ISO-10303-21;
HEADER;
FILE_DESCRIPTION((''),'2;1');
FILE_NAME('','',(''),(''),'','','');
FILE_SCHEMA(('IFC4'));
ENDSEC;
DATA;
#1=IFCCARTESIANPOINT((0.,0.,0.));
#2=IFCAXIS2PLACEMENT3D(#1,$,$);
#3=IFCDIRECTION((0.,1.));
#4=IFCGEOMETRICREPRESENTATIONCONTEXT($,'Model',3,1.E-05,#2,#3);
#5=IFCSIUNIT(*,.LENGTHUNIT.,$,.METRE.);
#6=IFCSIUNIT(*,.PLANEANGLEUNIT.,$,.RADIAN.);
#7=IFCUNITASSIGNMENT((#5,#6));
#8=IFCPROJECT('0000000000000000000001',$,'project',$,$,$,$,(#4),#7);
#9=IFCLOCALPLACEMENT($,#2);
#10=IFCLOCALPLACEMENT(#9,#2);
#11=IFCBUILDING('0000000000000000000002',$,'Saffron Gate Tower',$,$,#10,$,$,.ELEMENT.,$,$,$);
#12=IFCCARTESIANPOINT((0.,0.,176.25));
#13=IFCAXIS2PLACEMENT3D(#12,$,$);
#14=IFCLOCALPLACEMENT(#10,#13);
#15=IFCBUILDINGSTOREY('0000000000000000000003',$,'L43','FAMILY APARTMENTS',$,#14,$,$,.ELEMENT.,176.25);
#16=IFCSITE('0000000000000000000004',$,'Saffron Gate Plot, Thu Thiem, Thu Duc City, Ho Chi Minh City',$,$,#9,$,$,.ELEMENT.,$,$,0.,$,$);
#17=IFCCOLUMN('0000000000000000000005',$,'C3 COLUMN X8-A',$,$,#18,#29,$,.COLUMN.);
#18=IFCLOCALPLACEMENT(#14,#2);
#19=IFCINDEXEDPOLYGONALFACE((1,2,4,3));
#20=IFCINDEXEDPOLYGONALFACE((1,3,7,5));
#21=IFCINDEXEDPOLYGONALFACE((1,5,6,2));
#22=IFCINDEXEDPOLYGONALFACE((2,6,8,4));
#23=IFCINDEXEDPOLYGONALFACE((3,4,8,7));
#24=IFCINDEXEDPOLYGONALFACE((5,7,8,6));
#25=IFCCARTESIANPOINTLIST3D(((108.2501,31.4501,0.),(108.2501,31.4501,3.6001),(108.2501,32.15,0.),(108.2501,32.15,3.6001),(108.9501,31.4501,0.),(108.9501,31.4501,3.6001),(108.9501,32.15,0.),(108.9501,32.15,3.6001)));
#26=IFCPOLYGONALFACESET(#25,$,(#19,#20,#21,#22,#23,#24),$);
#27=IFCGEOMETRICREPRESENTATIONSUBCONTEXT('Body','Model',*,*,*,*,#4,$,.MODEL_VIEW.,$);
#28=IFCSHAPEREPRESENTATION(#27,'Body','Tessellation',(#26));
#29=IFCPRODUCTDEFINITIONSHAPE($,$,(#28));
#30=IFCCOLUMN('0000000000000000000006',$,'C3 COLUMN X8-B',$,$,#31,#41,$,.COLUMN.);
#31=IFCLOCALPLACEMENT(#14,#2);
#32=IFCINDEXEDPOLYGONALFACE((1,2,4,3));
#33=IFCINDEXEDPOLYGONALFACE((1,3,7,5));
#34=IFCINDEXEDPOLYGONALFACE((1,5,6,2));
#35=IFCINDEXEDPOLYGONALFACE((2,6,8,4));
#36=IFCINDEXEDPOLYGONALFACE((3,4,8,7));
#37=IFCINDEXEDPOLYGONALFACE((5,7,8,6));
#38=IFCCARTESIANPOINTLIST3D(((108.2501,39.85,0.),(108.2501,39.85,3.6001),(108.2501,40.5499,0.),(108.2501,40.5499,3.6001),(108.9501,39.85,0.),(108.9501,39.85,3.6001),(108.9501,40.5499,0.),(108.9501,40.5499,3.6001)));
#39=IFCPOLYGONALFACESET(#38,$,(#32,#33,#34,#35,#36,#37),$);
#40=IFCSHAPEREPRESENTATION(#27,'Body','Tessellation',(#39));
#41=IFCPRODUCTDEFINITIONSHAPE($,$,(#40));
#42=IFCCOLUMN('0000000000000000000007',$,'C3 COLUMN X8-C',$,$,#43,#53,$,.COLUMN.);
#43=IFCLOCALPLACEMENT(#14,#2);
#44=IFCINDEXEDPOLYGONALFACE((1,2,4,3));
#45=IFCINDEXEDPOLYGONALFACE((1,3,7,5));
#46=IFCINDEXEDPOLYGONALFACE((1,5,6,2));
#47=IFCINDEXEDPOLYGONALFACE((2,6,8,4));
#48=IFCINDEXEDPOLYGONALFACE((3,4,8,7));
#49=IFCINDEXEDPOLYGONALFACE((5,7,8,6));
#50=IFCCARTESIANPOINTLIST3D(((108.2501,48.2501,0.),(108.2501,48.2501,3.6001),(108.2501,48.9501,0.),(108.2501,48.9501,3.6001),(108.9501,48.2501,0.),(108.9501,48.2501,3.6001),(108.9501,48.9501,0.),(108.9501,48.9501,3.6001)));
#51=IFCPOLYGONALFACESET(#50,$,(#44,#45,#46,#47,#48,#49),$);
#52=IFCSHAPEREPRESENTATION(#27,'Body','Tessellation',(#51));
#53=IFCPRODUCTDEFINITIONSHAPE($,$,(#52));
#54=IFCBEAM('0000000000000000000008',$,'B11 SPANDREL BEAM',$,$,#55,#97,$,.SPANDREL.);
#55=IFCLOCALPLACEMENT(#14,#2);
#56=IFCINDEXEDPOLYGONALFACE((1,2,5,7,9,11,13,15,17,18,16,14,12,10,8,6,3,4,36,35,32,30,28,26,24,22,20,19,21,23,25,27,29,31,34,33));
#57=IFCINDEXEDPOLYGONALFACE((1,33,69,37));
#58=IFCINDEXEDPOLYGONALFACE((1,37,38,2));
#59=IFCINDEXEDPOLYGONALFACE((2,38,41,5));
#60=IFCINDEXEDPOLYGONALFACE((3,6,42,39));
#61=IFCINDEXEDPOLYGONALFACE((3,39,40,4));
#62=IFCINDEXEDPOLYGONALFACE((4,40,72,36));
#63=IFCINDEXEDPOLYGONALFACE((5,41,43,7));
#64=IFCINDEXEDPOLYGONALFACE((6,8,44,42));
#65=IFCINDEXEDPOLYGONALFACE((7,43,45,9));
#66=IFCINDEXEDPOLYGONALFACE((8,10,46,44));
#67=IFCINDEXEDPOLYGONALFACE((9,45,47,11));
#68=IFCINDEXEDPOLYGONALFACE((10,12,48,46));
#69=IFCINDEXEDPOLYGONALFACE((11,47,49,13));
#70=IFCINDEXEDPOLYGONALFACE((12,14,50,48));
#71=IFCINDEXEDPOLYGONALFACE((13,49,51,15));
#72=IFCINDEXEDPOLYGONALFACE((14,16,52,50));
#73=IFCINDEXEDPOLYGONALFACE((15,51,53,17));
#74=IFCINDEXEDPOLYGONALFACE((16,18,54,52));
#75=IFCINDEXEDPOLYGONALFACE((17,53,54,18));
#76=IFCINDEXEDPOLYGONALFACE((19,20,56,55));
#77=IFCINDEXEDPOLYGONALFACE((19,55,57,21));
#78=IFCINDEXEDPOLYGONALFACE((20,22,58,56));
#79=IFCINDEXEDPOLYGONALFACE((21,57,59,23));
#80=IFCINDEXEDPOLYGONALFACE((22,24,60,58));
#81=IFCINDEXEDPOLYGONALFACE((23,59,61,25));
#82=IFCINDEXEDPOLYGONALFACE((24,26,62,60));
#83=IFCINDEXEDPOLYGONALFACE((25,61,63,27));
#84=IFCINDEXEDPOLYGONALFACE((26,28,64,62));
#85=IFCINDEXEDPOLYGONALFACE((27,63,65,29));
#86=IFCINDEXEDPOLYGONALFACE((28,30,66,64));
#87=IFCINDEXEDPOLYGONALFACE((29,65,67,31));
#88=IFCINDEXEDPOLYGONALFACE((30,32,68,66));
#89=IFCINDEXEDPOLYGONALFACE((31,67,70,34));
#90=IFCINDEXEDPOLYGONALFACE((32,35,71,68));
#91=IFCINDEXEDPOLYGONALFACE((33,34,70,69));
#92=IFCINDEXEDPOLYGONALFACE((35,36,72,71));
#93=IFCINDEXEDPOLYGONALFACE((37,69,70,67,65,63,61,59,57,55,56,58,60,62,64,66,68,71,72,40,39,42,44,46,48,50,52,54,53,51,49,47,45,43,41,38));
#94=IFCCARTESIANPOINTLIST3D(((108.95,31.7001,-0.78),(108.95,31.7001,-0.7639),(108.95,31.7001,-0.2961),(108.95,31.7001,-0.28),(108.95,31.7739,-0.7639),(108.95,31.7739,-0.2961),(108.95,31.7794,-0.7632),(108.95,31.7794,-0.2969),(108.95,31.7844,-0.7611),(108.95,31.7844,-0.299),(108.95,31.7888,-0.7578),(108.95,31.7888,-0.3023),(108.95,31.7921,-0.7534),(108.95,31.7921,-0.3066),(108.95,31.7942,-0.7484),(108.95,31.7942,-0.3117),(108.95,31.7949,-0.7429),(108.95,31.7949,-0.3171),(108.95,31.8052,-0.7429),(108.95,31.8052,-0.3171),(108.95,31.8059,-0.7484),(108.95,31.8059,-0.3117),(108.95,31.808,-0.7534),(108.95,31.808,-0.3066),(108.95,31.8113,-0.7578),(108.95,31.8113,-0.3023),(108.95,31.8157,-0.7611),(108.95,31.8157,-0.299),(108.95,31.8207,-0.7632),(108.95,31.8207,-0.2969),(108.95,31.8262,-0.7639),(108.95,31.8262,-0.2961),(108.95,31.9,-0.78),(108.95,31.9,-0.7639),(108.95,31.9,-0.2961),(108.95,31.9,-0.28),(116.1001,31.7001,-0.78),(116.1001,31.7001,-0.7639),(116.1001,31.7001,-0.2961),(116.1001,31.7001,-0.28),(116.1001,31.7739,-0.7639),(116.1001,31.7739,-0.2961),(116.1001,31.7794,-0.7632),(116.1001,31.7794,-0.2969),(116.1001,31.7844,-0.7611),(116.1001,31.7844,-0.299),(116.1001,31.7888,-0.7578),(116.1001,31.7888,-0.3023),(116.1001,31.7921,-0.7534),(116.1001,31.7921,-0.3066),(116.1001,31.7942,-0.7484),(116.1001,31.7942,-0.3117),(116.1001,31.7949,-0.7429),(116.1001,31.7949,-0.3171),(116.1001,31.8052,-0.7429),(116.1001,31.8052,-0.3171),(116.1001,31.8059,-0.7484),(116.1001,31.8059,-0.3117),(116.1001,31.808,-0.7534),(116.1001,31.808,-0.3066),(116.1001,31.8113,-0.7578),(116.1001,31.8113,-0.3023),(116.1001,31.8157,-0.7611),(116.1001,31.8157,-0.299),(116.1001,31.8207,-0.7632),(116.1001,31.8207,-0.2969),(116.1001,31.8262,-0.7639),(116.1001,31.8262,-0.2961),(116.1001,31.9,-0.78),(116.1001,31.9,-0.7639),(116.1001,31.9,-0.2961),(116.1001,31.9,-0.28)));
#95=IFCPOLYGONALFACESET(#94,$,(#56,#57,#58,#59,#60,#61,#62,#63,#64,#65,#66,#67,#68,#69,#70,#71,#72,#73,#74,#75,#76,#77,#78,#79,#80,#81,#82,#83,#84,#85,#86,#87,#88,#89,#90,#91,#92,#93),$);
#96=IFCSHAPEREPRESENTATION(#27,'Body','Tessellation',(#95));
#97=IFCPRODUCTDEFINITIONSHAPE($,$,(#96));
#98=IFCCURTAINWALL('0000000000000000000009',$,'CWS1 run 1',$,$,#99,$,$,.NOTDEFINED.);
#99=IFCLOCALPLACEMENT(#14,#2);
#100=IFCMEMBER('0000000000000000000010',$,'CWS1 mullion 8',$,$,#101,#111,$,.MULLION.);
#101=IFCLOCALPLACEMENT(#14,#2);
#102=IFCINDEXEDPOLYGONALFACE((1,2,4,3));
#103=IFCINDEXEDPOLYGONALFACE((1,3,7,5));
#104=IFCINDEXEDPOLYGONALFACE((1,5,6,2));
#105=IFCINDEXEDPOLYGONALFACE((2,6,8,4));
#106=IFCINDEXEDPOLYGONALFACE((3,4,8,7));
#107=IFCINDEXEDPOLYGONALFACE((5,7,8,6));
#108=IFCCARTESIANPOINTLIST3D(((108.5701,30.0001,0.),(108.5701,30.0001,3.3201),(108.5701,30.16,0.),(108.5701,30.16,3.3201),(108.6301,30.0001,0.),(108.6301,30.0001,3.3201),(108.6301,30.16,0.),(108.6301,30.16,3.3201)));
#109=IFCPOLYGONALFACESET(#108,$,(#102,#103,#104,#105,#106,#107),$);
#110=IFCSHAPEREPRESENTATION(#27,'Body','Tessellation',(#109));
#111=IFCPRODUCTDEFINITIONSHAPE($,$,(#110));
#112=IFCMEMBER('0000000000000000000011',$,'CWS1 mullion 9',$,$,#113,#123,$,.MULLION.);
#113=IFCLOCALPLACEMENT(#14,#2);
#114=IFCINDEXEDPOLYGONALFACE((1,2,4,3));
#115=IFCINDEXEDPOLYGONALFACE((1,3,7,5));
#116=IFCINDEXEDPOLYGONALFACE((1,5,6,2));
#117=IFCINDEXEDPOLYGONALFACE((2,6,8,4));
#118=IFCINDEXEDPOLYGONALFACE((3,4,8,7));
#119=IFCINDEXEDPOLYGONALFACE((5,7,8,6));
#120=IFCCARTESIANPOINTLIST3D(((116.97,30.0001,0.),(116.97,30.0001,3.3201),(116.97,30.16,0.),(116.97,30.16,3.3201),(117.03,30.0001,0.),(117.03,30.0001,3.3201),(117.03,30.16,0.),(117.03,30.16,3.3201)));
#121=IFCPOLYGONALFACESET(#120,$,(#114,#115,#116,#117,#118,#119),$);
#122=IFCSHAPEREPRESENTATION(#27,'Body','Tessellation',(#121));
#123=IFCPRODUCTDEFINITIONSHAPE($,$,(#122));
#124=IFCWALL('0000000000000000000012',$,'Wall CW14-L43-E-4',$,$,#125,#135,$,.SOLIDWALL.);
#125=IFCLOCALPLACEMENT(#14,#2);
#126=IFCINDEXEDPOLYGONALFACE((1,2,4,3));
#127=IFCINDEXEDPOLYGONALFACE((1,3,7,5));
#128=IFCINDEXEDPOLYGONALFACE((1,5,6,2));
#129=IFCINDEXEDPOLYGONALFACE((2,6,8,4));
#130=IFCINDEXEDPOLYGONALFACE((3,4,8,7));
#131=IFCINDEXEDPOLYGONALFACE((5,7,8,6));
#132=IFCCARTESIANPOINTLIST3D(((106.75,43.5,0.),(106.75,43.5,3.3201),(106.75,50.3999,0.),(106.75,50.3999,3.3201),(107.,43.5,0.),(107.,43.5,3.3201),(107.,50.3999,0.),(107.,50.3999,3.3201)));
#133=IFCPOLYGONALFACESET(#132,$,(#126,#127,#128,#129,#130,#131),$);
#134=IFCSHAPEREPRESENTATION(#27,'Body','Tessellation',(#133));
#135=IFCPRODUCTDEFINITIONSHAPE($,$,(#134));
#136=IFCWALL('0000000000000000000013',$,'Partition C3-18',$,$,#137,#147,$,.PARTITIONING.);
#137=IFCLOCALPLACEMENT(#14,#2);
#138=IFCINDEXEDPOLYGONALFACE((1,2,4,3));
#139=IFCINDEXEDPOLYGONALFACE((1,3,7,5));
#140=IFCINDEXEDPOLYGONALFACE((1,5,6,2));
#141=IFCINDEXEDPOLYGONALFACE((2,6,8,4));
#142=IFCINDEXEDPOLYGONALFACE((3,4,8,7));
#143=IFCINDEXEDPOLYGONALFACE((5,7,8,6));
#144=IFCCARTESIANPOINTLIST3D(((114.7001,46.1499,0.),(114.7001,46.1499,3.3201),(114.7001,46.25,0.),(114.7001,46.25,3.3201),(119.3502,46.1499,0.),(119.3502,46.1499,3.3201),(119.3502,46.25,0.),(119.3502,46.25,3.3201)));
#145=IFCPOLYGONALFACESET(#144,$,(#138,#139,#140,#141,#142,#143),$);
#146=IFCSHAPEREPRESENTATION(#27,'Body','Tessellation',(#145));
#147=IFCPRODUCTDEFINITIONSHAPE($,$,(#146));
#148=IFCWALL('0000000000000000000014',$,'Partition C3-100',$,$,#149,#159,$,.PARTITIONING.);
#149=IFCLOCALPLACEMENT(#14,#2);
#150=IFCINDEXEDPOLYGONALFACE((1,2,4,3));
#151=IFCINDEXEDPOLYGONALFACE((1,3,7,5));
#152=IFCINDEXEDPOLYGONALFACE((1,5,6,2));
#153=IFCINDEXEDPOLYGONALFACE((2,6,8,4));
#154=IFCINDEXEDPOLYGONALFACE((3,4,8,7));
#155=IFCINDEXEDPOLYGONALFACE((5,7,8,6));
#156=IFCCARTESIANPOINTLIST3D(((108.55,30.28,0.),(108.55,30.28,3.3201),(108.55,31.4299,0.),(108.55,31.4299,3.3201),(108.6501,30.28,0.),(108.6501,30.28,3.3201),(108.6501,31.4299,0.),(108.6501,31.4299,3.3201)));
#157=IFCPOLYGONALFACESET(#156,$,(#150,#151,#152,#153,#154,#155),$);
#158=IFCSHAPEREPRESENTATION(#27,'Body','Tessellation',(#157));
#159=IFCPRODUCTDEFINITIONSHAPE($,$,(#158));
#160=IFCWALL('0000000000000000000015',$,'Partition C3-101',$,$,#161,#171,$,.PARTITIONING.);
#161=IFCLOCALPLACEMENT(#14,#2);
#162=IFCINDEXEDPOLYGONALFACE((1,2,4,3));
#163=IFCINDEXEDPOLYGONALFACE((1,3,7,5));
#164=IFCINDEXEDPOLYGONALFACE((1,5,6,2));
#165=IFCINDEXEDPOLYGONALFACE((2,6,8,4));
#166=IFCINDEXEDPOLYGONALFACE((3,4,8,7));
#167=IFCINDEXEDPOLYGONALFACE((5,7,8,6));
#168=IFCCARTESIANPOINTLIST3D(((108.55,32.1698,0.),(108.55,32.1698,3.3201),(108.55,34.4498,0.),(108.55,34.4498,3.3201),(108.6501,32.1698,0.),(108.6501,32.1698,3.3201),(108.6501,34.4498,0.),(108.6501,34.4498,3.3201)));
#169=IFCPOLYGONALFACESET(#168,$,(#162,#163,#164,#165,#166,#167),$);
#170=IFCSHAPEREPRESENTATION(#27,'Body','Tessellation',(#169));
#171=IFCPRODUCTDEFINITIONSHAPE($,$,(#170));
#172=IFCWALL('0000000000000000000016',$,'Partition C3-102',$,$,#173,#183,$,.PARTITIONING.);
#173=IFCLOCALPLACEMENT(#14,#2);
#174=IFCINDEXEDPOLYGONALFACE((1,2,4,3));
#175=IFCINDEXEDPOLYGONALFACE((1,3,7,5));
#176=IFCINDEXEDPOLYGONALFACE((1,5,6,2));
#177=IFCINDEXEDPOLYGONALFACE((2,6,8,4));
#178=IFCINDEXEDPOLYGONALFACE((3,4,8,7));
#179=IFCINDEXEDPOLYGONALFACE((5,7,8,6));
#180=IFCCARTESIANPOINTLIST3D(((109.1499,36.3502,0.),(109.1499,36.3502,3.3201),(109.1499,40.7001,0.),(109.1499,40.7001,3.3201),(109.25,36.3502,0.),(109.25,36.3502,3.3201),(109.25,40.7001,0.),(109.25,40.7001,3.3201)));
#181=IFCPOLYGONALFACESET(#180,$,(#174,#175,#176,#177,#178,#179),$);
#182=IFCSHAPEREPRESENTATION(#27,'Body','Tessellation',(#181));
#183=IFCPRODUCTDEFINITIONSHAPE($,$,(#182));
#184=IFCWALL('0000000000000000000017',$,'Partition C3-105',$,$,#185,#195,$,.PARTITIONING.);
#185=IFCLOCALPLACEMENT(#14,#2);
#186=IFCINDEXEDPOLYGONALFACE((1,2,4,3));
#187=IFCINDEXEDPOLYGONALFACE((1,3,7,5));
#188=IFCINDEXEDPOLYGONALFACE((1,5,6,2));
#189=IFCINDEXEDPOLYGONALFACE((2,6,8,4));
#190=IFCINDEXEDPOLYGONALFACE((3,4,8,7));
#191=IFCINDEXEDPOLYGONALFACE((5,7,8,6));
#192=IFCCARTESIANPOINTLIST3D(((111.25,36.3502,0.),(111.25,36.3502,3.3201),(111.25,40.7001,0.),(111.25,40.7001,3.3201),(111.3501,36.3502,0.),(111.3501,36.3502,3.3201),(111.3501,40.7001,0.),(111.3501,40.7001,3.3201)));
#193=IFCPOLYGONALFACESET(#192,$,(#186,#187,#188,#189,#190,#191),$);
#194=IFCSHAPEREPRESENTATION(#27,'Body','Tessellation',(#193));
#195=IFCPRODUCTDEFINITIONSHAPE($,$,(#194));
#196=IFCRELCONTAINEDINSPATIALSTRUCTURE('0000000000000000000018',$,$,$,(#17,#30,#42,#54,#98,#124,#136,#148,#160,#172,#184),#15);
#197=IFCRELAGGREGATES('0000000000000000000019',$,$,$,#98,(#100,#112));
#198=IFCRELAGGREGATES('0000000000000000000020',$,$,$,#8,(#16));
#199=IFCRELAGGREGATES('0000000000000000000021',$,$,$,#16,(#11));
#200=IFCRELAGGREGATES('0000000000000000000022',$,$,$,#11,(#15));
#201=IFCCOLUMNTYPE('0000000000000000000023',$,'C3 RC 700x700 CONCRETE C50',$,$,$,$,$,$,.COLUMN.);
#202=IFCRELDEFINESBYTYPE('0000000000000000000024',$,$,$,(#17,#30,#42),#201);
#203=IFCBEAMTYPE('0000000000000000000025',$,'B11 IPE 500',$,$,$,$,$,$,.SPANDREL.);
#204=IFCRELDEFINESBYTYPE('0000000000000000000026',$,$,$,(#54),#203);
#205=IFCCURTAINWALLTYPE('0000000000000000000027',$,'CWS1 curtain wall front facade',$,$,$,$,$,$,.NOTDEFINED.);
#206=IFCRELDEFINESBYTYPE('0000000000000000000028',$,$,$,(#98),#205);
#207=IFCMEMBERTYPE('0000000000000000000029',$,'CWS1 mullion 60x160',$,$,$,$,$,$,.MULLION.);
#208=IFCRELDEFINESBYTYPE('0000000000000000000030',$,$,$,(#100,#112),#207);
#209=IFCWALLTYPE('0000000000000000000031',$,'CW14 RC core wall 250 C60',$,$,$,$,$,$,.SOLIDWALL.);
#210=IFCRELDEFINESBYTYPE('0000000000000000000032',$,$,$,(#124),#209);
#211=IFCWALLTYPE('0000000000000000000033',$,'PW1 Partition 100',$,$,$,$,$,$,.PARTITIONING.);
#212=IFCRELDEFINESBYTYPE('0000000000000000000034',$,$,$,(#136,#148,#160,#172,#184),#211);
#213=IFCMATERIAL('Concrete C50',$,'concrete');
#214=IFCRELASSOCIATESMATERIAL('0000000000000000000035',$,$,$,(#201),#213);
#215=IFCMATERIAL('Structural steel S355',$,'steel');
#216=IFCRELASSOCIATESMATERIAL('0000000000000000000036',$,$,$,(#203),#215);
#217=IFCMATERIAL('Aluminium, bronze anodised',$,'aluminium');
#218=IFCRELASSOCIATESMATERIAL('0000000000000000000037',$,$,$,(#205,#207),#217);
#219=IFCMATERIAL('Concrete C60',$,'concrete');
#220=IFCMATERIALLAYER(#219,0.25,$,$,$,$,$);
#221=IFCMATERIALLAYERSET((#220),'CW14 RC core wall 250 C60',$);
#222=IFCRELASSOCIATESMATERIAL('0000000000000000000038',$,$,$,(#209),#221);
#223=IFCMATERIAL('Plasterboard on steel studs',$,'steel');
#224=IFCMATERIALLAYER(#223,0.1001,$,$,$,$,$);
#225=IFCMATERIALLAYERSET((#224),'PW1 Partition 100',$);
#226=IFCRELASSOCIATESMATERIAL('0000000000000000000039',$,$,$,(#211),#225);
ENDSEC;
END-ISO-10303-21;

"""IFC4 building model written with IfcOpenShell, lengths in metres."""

from ifc_helpers import new_model, si_unit, direction, frame, frame_2d, origin, origin_2d, place, context, subcontext, project, spatial, rectangle, i_section, extrude, material, layer, layer_set, material_profile, profile_set, type_object, element, aggregate, save


model = new_model("IFC4")

# Units and contexts
model_context = context("Model", 3, precision=1e-05, world=origin(), true_north=direction((0.0, 1.0)))
body_context = subcontext(model_context, "Body", "Model", "MODEL_VIEW")
ifc_project = project(units=[si_unit("LENGTHUNIT", "METRE"), si_unit("PLANEANGLEUNIT", "RADIAN")], contexts=[model_context])

# Site, building, storey
site_placement = place(None, origin())
site = spatial("IfcSite", under=ifc_project, at=site_placement, Name="Saffron Gate Plot, Thu Thiem, Thu Duc City, Ho Chi Minh City", CompositionType="ELEMENT", RefElevation=0.0)
building_placement = place(site_placement, origin())
building = spatial("IfcBuilding", under=site, at=building_placement, Name="Saffron Gate Tower", CompositionType="ELEMENT")
storey_placement = place(building_placement, frame((0.0, 0.0, 176.25)))
storey = spatial("IfcBuildingStorey", under=building, at=storey_placement, Name="L43", Description="FAMILY APARTMENTS", CompositionType="ELEMENT", Elevation=176.25)

# Columns
ifc_material_1 = material(Name="Concrete C50", Category="concrete")
ifc_material_profile_1 = material_profile(ifc_material_1, rectangle(XDim=0.7, YDim=0.7, at=origin_2d()))
ifc_profile_set_1 = profile_set([ifc_material_profile_1], Name="Concrete C50")
column_type = type_object("IfcColumnType", Name="C3 RC 700x700 CONCRETE C50", PredefinedType="COLUMN", material=ifc_profile_set_1)
for number, where, z_axis, x_axis, name in (
    (1, (108.6001, 31.8, 0.0), (0.0, 0.0, 1.0), (1.0, 0.0, 0.0), "C3 COLUMN X8-A"),
    (2, (108.6001, 40.2, 0.0), (0.0, 0.0, 1.0), (1.0, 0.0, 0.0), "C3 COLUMN X8-B"),
    (3, (108.6001, 48.6001, 0.0), (0.0, 0.0, 1.0), (1.0, 0.0, 0.0), "C3 COLUMN X8-C"),
):
    element("IfcColumn", number, at=place(storey_placement, frame(where, z_axis=z_axis, x_axis=x_axis)), inside=storey, type_object=column_type, Name=name, PredefinedType="COLUMN", context=body_context, shape_type="SweptSolid", body=[
        extrude(rectangle(XDim=0.7, YDim=0.7, at=origin_2d()), origin(), (0.0, 0.0, 1.0), 3.6001),
    ])

# Beam
ifc_material_2 = material(Name="Structural steel S355", Category="steel")
ifc_material_profile_2 = material_profile(ifc_material_2, i_section(OverallWidth=0.2, OverallDepth=0.5, WebThickness=0.0103, FlangeThickness=0.0161, FilletRadius=0.021, at=origin_2d()))
ifc_profile_set_2 = profile_set([ifc_material_profile_2], Name="Structural steel S355")
beam_type = type_object("IfcBeamType", Name="B11 IPE 500", PredefinedType="SPANDREL", material=ifc_profile_set_2)
beam_placement = place(storey_placement, frame((108.95, 31.8, -0.53), z_axis=(1.0, 0.0, 0.0), x_axis=(0.0, 1.0, 0.0)))
element("IfcBeam", 4, at=beam_placement, inside=storey, type_object=beam_type, Name="B11 SPANDREL BEAM", PredefinedType="SPANDREL", context=body_context, shape_type="SweptSolid", body=[
    extrude(i_section(OverallWidth=0.2, OverallDepth=0.5, WebThickness=0.0103, FlangeThickness=0.0161, FilletRadius=0.021, at=origin_2d()), origin(), (0.0, 0.0, 1.0), 7.1501),
])

# Curtain wall, members
ifc_material_3 = material(Name="Aluminium, bronze anodised", Category="aluminium")
curtain_wall_type = type_object("IfcCurtainWallType", Name="CWS1 curtain wall front facade", PredefinedType="NOTDEFINED", material=ifc_material_3)
curtain_wall_placement = place(storey_placement, origin())
curtain_wall = element("IfcCurtainWall", 5, at=curtain_wall_placement, inside=storey, type_object=curtain_wall_type, Name="CWS1 run 1", PredefinedType="NOTDEFINED")
ifc_material_profile_3 = material_profile(ifc_material_3, rectangle(XDim=0.1599, YDim=0.0601, at=origin_2d()))
ifc_profile_set_3 = profile_set([ifc_material_profile_3], Name="Aluminium, bronze anodised")
member_type = type_object("IfcMemberType", Name="CWS1 mullion 60x160", PredefinedType="MULLION", material=ifc_profile_set_3)
member_1_placement = place(storey_placement, frame((108.6001, 30.0801, 0.0), z_axis=(0.0, 0.0, 1.0), x_axis=(0.0, 1.0, 0.0)))
member_1 = element("IfcMember", 6, at=member_1_placement, type_object=member_type, Name="CWS1 mullion 8", PredefinedType="MULLION", context=body_context, shape_type="SweptSolid", body=[
    extrude(rectangle(XDim=0.1599, YDim=0.0601, at=origin_2d()), origin(), (0.0, 0.0, 1.0), 3.3201),
])
member_2_placement = place(storey_placement, frame((117.0, 30.0801, 0.0), z_axis=(0.0, 0.0, 1.0), x_axis=(0.0, 1.0, 0.0)))
member_2 = element("IfcMember", 7, at=member_2_placement, type_object=member_type, Name="CWS1 mullion 9", PredefinedType="MULLION", context=body_context, shape_type="SweptSolid", body=[
    extrude(rectangle(XDim=0.1599, YDim=0.0601, at=origin_2d()), origin(), (0.0, 0.0, 1.0), 3.3201),
])
aggregate(curtain_wall, [member_1, member_2])

# Walls
ifc_material_4 = material(Name="Concrete C60", Category="concrete")
ifc_layer_1 = layer(ifc_material_4, 0.25)
ifc_layer_set_1 = layer_set([ifc_layer_1], Name="CW14 RC core wall 250 C60")
wall_type_1 = type_object("IfcWallType", Name="CW14 RC core wall 250 C60", PredefinedType="SOLIDWALL", material=ifc_layer_set_1)
wall_1_placement = place(storey_placement, frame((106.875, 43.5, 0.0), z_axis=(0.0, 0.0, 1.0), x_axis=(0.0, 1.0, 0.0)))
element("IfcWall", 8, at=wall_1_placement, inside=storey, type_object=wall_type_1, Name="Wall CW14-L43-E-4", PredefinedType="SOLIDWALL", context=body_context, shape_type="SweptSolid", body=[
    extrude(rectangle(XDim=6.8999, YDim=0.25, at=frame_2d((3.45, 0.0))), origin(), (0.0, 0.0, 1.0), 3.3201),
])
ifc_material_5 = material(Name="Plasterboard on steel studs", Category="steel")
ifc_layer_2 = layer(ifc_material_5, 0.1001)
ifc_layer_set_2 = layer_set([ifc_layer_2], Name="PW1 Partition 100")
wall_type_2 = type_object("IfcWallType", Name="PW1 Partition 100", PredefinedType="PARTITIONING", material=ifc_layer_set_2)
wall_2_placement = place(storey_placement, frame((114.7, 46.2, 0.0), z_axis=(0.0, 0.0, 1.0), x_axis=(1.0, 0.0, 0.0)))
element("IfcWall", 9, at=wall_2_placement, inside=storey, type_object=wall_type_2, Name="Partition C3-18", PredefinedType="PARTITIONING", context=body_context, shape_type="SweptSolid", body=[
    extrude(rectangle(XDim=4.6501, YDim=0.1001, at=frame_2d((2.3252, 0.0))), origin(), (0.0, 0.0, 1.0), 3.3201),
])
wall_3_placement = place(storey_placement, frame((108.6001, 31.4299, 0.0), z_axis=(0.0, 0.0, 1.0), x_axis=(0.0, -1.0, 0.0)))
element("IfcWall", 10, at=wall_3_placement, inside=storey, type_object=wall_type_2, Name="Partition C3-100", PredefinedType="PARTITIONING", context=body_context, shape_type="SweptSolid", body=[
    extrude(rectangle(XDim=1.1499, YDim=0.1001, at=frame_2d((0.575, 0.0))), origin(), (0.0, 0.0, 1.0), 3.3201),
])
wall_4_placement = place(storey_placement, frame((108.6001, 34.45, 0.0), z_axis=(0.0, 0.0, 1.0), x_axis=(0.0, -1.0, 0.0)))
element("IfcWall", 11, at=wall_4_placement, inside=storey, type_object=wall_type_2, Name="Partition C3-101", PredefinedType="PARTITIONING", context=body_context, shape_type="SweptSolid", body=[
    extrude(rectangle(XDim=2.28, YDim=0.1001, at=frame_2d((1.1401, 0.0))), origin(), (0.0, 0.0, 1.0), 3.3201),
])
for number, where, z_axis, x_axis, name in (
    (12, (109.2, 40.7, 0.0), (0.0, 0.0, 1.0), (0.0, -1.0, 0.0), "Partition C3-102"),
    (13, (111.3, 40.7, 0.0), (0.0, 0.0, 1.0), (0.0, -1.0, 0.0), "Partition C3-105"),
):
    element("IfcWall", number, at=place(storey_placement, frame(where, z_axis=z_axis, x_axis=x_axis)), inside=storey, type_object=wall_type_2, Name=name, PredefinedType="PARTITIONING", context=body_context, shape_type="SweptSolid", body=[
        extrude(rectangle(XDim=4.3499, YDim=0.1001, at=frame_2d((2.1748, 0.0))), origin(), (0.0, 0.0, 1.0), 3.3201),
    ])

save(model, "model.ifc")
